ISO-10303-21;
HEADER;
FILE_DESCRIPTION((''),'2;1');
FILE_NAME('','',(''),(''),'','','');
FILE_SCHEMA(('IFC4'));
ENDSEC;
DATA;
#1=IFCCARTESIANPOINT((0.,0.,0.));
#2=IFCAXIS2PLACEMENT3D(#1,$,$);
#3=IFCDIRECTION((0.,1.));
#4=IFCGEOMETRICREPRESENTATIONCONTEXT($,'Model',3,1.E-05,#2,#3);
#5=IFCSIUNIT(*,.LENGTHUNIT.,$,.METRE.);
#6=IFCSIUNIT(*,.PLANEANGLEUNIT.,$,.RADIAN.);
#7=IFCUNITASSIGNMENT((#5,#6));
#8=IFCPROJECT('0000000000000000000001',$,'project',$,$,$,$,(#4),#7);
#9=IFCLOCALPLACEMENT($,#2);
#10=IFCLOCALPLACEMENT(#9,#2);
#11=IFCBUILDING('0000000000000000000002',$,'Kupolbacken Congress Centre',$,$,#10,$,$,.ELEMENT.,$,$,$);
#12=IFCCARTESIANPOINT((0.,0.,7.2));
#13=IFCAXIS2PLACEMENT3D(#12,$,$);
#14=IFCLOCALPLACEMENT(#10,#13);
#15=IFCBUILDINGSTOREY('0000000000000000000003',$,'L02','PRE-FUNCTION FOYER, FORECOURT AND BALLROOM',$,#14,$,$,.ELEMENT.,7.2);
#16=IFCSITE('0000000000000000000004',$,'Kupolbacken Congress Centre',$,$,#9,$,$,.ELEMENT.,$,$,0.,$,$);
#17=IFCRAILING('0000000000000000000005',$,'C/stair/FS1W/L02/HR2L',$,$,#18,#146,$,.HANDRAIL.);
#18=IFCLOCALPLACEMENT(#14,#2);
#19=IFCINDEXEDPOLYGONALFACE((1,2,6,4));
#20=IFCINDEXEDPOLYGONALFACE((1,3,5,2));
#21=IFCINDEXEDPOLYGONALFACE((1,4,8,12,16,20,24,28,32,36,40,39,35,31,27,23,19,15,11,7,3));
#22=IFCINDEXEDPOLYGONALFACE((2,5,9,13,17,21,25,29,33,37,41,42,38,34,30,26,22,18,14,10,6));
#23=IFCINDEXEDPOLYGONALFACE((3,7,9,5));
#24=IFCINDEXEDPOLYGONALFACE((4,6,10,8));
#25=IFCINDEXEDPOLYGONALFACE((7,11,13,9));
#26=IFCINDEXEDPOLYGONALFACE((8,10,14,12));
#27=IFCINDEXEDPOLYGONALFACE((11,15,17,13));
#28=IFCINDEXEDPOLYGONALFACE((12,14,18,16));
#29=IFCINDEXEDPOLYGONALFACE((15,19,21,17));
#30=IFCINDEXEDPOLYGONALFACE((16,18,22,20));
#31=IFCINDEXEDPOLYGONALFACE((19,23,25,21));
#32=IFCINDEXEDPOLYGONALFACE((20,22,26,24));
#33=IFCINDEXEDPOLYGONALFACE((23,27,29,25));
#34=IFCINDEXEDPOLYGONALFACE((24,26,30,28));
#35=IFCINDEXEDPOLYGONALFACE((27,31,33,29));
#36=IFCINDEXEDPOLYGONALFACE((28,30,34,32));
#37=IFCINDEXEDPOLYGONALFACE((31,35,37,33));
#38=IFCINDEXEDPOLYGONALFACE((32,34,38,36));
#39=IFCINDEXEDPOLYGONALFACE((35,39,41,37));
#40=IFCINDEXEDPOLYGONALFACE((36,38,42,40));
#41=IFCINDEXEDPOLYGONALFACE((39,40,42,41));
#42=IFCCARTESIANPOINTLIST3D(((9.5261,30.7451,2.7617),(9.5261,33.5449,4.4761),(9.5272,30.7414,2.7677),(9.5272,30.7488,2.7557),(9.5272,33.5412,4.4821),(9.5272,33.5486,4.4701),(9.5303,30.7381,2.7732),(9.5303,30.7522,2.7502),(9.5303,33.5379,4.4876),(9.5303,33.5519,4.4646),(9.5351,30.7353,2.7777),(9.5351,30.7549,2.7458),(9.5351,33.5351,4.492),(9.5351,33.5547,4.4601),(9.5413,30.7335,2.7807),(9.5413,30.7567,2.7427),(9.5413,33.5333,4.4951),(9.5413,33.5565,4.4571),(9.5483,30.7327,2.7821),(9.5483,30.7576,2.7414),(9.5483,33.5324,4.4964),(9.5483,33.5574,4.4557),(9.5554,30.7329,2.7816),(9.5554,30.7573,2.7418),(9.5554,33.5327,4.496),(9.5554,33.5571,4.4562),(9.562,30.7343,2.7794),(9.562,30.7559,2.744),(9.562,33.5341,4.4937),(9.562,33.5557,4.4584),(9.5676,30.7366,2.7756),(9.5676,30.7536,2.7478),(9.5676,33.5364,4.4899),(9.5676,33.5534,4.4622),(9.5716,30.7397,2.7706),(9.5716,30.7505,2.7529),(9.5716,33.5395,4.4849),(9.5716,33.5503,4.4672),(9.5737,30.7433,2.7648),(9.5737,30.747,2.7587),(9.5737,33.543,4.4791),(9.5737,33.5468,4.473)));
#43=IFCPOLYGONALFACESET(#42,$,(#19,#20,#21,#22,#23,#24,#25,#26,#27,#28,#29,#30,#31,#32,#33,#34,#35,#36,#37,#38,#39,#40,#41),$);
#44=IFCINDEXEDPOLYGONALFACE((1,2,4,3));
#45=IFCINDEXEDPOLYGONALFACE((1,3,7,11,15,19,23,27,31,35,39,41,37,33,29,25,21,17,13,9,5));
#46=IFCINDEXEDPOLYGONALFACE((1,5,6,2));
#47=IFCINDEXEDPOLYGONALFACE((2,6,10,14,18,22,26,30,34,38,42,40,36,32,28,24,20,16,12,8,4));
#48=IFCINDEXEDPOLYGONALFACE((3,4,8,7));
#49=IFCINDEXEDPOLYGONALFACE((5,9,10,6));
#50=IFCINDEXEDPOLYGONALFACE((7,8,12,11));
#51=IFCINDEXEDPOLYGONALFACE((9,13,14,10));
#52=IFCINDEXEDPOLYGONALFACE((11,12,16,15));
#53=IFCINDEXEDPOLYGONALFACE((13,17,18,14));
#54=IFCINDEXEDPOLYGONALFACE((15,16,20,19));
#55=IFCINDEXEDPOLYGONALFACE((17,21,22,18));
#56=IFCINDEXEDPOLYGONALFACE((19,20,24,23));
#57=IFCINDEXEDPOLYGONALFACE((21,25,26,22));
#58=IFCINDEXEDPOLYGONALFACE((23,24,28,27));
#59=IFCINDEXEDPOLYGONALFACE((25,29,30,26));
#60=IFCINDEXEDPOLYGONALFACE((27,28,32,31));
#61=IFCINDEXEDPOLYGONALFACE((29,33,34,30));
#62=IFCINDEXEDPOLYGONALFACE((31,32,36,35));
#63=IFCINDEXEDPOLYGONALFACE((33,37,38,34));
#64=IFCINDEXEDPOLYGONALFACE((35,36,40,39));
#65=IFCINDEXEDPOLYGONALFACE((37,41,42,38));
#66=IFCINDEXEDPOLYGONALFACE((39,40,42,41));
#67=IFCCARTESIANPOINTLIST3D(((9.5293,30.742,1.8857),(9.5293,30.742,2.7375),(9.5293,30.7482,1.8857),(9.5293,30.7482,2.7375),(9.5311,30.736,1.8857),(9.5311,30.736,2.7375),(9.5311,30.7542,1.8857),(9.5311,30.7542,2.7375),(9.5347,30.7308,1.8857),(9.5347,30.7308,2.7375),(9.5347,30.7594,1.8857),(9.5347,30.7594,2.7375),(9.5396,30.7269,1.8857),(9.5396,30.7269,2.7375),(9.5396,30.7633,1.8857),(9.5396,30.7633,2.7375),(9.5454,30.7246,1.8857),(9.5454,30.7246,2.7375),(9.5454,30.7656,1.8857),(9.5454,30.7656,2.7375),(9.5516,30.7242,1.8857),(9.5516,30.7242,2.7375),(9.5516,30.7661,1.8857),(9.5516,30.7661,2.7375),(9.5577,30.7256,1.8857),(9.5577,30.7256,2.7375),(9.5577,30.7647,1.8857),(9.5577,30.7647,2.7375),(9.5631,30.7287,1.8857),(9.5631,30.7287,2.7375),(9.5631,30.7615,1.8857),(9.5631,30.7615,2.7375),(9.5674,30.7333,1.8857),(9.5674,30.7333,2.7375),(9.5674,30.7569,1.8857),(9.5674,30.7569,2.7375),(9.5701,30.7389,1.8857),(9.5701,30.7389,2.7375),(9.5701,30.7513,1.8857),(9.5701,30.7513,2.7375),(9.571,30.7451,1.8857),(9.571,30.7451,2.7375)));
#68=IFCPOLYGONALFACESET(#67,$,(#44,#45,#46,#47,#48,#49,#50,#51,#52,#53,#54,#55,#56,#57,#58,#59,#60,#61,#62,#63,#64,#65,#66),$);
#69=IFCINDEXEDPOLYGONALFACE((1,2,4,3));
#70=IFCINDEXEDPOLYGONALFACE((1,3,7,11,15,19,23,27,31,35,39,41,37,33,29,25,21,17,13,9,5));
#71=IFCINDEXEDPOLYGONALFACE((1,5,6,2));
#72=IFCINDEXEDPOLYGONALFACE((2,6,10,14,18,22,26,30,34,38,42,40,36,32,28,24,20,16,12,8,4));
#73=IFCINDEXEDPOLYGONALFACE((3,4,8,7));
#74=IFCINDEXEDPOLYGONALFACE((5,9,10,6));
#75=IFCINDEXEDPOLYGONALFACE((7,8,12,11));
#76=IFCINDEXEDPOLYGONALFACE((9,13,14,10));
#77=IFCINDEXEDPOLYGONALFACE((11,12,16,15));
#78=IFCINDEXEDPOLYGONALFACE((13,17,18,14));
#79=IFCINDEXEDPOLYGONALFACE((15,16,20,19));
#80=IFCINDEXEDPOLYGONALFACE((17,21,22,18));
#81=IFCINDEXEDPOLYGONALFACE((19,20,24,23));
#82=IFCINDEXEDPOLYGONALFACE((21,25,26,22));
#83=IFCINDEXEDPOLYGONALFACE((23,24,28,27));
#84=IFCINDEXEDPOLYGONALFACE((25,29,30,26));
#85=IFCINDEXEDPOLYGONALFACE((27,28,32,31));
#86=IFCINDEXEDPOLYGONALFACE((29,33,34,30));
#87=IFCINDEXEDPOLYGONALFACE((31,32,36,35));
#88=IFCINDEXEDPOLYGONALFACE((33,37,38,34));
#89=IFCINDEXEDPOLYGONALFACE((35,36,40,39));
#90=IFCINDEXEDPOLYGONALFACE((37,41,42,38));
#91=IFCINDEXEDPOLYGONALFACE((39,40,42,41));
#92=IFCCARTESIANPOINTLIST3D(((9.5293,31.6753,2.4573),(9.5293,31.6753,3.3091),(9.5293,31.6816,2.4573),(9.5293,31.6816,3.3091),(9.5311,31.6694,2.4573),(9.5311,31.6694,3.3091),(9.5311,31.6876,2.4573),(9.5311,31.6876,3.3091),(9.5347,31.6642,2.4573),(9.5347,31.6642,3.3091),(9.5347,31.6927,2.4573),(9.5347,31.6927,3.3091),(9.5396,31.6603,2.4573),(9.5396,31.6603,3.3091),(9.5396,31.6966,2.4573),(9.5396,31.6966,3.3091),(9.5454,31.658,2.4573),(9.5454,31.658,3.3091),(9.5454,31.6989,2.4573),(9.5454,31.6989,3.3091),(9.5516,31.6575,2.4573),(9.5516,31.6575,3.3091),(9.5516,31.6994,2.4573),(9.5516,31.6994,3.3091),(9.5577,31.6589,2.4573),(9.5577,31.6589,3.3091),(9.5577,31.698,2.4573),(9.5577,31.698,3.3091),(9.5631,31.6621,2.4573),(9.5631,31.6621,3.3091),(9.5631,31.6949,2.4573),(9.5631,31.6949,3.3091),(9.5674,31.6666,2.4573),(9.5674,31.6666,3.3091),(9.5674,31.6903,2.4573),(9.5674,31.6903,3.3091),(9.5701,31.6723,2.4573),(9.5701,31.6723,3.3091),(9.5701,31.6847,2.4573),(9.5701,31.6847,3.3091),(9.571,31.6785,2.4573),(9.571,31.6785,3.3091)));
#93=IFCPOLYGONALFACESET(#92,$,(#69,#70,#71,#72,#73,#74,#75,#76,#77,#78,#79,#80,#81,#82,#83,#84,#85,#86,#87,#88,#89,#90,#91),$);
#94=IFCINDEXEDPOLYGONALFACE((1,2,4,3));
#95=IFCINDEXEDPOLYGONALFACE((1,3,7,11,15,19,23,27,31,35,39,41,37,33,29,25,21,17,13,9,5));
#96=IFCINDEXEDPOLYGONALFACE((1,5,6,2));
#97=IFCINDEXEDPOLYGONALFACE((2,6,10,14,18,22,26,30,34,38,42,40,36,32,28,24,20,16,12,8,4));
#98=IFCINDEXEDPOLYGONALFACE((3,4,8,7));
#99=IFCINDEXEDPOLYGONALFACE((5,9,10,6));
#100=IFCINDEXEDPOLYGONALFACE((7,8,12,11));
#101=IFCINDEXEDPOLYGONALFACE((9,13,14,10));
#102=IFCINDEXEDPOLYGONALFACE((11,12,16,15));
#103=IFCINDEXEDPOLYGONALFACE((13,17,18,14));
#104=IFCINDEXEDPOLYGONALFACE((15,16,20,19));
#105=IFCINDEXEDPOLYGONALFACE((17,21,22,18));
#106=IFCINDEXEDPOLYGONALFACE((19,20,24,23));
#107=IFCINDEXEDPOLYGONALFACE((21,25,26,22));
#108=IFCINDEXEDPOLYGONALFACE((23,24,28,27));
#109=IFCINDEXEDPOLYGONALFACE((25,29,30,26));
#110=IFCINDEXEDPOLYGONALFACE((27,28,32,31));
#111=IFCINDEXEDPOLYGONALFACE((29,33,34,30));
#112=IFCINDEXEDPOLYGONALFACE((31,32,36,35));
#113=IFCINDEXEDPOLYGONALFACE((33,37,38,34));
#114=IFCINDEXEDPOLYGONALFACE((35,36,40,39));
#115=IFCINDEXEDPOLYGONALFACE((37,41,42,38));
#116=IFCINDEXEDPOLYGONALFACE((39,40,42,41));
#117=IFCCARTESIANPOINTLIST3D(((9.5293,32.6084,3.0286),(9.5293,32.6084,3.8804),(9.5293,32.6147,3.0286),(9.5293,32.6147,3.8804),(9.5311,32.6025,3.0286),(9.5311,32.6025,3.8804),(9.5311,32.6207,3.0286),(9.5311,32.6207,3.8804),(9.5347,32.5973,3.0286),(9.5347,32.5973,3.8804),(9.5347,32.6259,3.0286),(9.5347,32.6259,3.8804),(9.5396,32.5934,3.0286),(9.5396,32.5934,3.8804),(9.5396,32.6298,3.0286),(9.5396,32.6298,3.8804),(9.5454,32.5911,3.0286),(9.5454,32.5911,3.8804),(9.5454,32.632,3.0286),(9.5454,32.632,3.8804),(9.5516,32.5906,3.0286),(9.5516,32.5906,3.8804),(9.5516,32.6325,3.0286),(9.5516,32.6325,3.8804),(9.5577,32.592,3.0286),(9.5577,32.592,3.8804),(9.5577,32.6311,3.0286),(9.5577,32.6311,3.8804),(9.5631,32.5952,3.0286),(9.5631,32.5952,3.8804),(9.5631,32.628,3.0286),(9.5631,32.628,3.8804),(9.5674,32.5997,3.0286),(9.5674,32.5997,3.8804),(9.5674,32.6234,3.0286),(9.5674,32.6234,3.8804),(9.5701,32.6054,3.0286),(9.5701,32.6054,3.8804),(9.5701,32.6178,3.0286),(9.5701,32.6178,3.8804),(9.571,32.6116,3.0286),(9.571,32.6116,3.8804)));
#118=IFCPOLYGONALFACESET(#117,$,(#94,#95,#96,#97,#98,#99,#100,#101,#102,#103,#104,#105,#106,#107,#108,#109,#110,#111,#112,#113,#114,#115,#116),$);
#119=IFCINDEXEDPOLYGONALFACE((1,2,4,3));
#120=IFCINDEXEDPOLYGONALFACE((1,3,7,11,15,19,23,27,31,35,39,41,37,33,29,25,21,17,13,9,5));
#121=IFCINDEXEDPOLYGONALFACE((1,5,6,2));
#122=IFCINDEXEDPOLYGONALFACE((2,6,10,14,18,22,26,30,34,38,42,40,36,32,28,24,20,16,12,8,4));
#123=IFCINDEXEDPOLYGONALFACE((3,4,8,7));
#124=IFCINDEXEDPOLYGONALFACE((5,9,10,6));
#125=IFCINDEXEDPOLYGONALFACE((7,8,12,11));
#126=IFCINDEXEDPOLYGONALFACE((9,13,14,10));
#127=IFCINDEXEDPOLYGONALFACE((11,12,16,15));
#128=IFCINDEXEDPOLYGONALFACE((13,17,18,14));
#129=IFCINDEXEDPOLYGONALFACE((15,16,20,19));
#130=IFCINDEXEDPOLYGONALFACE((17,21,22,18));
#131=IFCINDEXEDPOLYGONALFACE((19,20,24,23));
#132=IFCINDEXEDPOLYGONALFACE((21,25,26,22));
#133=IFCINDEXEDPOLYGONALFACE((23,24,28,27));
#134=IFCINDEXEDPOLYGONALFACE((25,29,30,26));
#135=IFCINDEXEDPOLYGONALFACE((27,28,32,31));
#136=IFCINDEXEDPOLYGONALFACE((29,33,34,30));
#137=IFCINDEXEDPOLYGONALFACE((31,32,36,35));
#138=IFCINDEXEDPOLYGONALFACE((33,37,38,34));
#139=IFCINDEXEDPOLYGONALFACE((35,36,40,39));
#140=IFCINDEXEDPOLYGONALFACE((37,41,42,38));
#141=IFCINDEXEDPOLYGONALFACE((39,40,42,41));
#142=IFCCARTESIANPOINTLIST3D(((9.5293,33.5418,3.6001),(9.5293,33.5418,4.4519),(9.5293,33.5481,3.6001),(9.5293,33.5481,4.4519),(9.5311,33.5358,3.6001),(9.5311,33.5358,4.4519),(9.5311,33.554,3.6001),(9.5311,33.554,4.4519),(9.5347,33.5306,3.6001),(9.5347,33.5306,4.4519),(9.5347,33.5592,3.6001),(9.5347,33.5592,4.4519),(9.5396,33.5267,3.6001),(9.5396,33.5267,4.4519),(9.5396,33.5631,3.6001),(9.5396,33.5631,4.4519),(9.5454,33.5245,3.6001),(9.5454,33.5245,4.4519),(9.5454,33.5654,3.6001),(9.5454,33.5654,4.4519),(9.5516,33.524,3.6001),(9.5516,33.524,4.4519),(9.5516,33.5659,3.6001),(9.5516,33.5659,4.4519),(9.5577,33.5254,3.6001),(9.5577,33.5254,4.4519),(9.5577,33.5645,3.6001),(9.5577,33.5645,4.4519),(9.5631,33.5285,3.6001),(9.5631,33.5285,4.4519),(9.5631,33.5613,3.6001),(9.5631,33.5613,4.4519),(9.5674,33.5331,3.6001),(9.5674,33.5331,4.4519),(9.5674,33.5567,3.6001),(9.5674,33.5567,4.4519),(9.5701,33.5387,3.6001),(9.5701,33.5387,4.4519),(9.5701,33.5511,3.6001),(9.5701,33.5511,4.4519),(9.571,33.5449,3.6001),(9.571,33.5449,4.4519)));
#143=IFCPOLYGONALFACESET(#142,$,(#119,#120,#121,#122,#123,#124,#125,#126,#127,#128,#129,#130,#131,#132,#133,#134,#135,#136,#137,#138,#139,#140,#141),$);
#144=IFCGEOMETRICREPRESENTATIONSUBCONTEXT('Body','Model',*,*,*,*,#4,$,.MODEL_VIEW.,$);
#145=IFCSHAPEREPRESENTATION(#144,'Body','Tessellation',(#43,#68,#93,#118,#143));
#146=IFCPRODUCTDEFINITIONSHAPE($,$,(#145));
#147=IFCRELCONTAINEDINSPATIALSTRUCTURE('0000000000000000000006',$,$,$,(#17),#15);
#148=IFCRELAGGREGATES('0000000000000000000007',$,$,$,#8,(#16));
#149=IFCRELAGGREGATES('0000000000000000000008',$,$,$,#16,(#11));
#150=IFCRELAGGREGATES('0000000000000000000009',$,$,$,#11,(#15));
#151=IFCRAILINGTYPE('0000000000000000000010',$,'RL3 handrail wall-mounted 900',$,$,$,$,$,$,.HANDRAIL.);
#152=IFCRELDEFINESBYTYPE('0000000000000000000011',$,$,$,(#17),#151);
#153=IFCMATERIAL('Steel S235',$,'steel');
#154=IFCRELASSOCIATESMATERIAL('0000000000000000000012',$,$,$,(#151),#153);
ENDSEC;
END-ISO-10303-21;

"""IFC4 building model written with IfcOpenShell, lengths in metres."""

from ifc_helpers import new_model, si_unit, direction, frame, origin, origin_2d, place, context, subcontext, project, spatial, circle, extrude, material, type_object, element, save


model = new_model("IFC4")

# Units and contexts
model_context = context("Model", 3, precision=1e-05, world=origin(), true_north=direction((0.0, 1.0)))
body_context = subcontext(model_context, "Body", "Model", "MODEL_VIEW")
ifc_project = project(units=[si_unit("LENGTHUNIT", "METRE"), si_unit("PLANEANGLEUNIT", "RADIAN")], contexts=[model_context])

# Site, building, storey
site_placement = place(None, origin())
site = spatial("IfcSite", under=ifc_project, at=site_placement, Name="Kupolbacken Congress Centre", CompositionType="ELEMENT", RefElevation=0.0)
building_placement = place(site_placement, origin())
building = spatial("IfcBuilding", under=site, at=building_placement, Name="Kupolbacken Congress Centre", CompositionType="ELEMENT")
storey_placement = place(building_placement, frame((0.0, 0.0, 7.2)))
storey = spatial("IfcBuildingStorey", under=building, at=storey_placement, Name="L02", Description="PRE-FUNCTION FOYER, FORECOURT AND BALLROOM", CompositionType="ELEMENT", Elevation=7.2)

# Railing
ifc_material_1 = material(Name="Steel S235", Category="steel")
railing_type = type_object("IfcRailingType", Name="RL3 handrail wall-mounted 900", PredefinedType="HANDRAIL", material=ifc_material_1)
for number, where, name in (
    (1, (9.55, 30.7451, 1.8857), "C/stair/FS1W/L02/HR2L"),
):
    element("IfcRailing", number, at=place(storey_placement, frame(where)), inside=storey, type_object=railing_type, Name=name, PredefinedType="HANDRAIL", context=body_context, shape_type="SweptSolid", body=[
        extrude(circle(Radius=0.0239, at=origin_2d()), frame((0.0, 0.0, 0.876), z_axis=(0.0, 0.852826, 0.522196), x_axis=(-1.0, 0.0, 0.0)), (0.0, 0.0, 1.0), 3.283),
        extrude(circle(Radius=0.021, at=origin_2d()), origin(), (0.0, 0.0, 1.0), 0.8518),
        extrude(circle(Radius=0.021, at=origin_2d()), frame((0.0, 0.9333, 0.5715)), (0.0, 0.0, 1.0), 0.8518),
        extrude(circle(Radius=0.021, at=origin_2d()), frame((0.0, 1.8665, 1.1428)), (0.0, 0.0, 1.0), 0.8518),
        extrude(circle(Radius=0.021, at=origin_2d()), frame((0.0, 2.7998, 1.7144)), (0.0, 0.0, 1.0), 0.8518),
    ])

save(model, "model.ifc")
